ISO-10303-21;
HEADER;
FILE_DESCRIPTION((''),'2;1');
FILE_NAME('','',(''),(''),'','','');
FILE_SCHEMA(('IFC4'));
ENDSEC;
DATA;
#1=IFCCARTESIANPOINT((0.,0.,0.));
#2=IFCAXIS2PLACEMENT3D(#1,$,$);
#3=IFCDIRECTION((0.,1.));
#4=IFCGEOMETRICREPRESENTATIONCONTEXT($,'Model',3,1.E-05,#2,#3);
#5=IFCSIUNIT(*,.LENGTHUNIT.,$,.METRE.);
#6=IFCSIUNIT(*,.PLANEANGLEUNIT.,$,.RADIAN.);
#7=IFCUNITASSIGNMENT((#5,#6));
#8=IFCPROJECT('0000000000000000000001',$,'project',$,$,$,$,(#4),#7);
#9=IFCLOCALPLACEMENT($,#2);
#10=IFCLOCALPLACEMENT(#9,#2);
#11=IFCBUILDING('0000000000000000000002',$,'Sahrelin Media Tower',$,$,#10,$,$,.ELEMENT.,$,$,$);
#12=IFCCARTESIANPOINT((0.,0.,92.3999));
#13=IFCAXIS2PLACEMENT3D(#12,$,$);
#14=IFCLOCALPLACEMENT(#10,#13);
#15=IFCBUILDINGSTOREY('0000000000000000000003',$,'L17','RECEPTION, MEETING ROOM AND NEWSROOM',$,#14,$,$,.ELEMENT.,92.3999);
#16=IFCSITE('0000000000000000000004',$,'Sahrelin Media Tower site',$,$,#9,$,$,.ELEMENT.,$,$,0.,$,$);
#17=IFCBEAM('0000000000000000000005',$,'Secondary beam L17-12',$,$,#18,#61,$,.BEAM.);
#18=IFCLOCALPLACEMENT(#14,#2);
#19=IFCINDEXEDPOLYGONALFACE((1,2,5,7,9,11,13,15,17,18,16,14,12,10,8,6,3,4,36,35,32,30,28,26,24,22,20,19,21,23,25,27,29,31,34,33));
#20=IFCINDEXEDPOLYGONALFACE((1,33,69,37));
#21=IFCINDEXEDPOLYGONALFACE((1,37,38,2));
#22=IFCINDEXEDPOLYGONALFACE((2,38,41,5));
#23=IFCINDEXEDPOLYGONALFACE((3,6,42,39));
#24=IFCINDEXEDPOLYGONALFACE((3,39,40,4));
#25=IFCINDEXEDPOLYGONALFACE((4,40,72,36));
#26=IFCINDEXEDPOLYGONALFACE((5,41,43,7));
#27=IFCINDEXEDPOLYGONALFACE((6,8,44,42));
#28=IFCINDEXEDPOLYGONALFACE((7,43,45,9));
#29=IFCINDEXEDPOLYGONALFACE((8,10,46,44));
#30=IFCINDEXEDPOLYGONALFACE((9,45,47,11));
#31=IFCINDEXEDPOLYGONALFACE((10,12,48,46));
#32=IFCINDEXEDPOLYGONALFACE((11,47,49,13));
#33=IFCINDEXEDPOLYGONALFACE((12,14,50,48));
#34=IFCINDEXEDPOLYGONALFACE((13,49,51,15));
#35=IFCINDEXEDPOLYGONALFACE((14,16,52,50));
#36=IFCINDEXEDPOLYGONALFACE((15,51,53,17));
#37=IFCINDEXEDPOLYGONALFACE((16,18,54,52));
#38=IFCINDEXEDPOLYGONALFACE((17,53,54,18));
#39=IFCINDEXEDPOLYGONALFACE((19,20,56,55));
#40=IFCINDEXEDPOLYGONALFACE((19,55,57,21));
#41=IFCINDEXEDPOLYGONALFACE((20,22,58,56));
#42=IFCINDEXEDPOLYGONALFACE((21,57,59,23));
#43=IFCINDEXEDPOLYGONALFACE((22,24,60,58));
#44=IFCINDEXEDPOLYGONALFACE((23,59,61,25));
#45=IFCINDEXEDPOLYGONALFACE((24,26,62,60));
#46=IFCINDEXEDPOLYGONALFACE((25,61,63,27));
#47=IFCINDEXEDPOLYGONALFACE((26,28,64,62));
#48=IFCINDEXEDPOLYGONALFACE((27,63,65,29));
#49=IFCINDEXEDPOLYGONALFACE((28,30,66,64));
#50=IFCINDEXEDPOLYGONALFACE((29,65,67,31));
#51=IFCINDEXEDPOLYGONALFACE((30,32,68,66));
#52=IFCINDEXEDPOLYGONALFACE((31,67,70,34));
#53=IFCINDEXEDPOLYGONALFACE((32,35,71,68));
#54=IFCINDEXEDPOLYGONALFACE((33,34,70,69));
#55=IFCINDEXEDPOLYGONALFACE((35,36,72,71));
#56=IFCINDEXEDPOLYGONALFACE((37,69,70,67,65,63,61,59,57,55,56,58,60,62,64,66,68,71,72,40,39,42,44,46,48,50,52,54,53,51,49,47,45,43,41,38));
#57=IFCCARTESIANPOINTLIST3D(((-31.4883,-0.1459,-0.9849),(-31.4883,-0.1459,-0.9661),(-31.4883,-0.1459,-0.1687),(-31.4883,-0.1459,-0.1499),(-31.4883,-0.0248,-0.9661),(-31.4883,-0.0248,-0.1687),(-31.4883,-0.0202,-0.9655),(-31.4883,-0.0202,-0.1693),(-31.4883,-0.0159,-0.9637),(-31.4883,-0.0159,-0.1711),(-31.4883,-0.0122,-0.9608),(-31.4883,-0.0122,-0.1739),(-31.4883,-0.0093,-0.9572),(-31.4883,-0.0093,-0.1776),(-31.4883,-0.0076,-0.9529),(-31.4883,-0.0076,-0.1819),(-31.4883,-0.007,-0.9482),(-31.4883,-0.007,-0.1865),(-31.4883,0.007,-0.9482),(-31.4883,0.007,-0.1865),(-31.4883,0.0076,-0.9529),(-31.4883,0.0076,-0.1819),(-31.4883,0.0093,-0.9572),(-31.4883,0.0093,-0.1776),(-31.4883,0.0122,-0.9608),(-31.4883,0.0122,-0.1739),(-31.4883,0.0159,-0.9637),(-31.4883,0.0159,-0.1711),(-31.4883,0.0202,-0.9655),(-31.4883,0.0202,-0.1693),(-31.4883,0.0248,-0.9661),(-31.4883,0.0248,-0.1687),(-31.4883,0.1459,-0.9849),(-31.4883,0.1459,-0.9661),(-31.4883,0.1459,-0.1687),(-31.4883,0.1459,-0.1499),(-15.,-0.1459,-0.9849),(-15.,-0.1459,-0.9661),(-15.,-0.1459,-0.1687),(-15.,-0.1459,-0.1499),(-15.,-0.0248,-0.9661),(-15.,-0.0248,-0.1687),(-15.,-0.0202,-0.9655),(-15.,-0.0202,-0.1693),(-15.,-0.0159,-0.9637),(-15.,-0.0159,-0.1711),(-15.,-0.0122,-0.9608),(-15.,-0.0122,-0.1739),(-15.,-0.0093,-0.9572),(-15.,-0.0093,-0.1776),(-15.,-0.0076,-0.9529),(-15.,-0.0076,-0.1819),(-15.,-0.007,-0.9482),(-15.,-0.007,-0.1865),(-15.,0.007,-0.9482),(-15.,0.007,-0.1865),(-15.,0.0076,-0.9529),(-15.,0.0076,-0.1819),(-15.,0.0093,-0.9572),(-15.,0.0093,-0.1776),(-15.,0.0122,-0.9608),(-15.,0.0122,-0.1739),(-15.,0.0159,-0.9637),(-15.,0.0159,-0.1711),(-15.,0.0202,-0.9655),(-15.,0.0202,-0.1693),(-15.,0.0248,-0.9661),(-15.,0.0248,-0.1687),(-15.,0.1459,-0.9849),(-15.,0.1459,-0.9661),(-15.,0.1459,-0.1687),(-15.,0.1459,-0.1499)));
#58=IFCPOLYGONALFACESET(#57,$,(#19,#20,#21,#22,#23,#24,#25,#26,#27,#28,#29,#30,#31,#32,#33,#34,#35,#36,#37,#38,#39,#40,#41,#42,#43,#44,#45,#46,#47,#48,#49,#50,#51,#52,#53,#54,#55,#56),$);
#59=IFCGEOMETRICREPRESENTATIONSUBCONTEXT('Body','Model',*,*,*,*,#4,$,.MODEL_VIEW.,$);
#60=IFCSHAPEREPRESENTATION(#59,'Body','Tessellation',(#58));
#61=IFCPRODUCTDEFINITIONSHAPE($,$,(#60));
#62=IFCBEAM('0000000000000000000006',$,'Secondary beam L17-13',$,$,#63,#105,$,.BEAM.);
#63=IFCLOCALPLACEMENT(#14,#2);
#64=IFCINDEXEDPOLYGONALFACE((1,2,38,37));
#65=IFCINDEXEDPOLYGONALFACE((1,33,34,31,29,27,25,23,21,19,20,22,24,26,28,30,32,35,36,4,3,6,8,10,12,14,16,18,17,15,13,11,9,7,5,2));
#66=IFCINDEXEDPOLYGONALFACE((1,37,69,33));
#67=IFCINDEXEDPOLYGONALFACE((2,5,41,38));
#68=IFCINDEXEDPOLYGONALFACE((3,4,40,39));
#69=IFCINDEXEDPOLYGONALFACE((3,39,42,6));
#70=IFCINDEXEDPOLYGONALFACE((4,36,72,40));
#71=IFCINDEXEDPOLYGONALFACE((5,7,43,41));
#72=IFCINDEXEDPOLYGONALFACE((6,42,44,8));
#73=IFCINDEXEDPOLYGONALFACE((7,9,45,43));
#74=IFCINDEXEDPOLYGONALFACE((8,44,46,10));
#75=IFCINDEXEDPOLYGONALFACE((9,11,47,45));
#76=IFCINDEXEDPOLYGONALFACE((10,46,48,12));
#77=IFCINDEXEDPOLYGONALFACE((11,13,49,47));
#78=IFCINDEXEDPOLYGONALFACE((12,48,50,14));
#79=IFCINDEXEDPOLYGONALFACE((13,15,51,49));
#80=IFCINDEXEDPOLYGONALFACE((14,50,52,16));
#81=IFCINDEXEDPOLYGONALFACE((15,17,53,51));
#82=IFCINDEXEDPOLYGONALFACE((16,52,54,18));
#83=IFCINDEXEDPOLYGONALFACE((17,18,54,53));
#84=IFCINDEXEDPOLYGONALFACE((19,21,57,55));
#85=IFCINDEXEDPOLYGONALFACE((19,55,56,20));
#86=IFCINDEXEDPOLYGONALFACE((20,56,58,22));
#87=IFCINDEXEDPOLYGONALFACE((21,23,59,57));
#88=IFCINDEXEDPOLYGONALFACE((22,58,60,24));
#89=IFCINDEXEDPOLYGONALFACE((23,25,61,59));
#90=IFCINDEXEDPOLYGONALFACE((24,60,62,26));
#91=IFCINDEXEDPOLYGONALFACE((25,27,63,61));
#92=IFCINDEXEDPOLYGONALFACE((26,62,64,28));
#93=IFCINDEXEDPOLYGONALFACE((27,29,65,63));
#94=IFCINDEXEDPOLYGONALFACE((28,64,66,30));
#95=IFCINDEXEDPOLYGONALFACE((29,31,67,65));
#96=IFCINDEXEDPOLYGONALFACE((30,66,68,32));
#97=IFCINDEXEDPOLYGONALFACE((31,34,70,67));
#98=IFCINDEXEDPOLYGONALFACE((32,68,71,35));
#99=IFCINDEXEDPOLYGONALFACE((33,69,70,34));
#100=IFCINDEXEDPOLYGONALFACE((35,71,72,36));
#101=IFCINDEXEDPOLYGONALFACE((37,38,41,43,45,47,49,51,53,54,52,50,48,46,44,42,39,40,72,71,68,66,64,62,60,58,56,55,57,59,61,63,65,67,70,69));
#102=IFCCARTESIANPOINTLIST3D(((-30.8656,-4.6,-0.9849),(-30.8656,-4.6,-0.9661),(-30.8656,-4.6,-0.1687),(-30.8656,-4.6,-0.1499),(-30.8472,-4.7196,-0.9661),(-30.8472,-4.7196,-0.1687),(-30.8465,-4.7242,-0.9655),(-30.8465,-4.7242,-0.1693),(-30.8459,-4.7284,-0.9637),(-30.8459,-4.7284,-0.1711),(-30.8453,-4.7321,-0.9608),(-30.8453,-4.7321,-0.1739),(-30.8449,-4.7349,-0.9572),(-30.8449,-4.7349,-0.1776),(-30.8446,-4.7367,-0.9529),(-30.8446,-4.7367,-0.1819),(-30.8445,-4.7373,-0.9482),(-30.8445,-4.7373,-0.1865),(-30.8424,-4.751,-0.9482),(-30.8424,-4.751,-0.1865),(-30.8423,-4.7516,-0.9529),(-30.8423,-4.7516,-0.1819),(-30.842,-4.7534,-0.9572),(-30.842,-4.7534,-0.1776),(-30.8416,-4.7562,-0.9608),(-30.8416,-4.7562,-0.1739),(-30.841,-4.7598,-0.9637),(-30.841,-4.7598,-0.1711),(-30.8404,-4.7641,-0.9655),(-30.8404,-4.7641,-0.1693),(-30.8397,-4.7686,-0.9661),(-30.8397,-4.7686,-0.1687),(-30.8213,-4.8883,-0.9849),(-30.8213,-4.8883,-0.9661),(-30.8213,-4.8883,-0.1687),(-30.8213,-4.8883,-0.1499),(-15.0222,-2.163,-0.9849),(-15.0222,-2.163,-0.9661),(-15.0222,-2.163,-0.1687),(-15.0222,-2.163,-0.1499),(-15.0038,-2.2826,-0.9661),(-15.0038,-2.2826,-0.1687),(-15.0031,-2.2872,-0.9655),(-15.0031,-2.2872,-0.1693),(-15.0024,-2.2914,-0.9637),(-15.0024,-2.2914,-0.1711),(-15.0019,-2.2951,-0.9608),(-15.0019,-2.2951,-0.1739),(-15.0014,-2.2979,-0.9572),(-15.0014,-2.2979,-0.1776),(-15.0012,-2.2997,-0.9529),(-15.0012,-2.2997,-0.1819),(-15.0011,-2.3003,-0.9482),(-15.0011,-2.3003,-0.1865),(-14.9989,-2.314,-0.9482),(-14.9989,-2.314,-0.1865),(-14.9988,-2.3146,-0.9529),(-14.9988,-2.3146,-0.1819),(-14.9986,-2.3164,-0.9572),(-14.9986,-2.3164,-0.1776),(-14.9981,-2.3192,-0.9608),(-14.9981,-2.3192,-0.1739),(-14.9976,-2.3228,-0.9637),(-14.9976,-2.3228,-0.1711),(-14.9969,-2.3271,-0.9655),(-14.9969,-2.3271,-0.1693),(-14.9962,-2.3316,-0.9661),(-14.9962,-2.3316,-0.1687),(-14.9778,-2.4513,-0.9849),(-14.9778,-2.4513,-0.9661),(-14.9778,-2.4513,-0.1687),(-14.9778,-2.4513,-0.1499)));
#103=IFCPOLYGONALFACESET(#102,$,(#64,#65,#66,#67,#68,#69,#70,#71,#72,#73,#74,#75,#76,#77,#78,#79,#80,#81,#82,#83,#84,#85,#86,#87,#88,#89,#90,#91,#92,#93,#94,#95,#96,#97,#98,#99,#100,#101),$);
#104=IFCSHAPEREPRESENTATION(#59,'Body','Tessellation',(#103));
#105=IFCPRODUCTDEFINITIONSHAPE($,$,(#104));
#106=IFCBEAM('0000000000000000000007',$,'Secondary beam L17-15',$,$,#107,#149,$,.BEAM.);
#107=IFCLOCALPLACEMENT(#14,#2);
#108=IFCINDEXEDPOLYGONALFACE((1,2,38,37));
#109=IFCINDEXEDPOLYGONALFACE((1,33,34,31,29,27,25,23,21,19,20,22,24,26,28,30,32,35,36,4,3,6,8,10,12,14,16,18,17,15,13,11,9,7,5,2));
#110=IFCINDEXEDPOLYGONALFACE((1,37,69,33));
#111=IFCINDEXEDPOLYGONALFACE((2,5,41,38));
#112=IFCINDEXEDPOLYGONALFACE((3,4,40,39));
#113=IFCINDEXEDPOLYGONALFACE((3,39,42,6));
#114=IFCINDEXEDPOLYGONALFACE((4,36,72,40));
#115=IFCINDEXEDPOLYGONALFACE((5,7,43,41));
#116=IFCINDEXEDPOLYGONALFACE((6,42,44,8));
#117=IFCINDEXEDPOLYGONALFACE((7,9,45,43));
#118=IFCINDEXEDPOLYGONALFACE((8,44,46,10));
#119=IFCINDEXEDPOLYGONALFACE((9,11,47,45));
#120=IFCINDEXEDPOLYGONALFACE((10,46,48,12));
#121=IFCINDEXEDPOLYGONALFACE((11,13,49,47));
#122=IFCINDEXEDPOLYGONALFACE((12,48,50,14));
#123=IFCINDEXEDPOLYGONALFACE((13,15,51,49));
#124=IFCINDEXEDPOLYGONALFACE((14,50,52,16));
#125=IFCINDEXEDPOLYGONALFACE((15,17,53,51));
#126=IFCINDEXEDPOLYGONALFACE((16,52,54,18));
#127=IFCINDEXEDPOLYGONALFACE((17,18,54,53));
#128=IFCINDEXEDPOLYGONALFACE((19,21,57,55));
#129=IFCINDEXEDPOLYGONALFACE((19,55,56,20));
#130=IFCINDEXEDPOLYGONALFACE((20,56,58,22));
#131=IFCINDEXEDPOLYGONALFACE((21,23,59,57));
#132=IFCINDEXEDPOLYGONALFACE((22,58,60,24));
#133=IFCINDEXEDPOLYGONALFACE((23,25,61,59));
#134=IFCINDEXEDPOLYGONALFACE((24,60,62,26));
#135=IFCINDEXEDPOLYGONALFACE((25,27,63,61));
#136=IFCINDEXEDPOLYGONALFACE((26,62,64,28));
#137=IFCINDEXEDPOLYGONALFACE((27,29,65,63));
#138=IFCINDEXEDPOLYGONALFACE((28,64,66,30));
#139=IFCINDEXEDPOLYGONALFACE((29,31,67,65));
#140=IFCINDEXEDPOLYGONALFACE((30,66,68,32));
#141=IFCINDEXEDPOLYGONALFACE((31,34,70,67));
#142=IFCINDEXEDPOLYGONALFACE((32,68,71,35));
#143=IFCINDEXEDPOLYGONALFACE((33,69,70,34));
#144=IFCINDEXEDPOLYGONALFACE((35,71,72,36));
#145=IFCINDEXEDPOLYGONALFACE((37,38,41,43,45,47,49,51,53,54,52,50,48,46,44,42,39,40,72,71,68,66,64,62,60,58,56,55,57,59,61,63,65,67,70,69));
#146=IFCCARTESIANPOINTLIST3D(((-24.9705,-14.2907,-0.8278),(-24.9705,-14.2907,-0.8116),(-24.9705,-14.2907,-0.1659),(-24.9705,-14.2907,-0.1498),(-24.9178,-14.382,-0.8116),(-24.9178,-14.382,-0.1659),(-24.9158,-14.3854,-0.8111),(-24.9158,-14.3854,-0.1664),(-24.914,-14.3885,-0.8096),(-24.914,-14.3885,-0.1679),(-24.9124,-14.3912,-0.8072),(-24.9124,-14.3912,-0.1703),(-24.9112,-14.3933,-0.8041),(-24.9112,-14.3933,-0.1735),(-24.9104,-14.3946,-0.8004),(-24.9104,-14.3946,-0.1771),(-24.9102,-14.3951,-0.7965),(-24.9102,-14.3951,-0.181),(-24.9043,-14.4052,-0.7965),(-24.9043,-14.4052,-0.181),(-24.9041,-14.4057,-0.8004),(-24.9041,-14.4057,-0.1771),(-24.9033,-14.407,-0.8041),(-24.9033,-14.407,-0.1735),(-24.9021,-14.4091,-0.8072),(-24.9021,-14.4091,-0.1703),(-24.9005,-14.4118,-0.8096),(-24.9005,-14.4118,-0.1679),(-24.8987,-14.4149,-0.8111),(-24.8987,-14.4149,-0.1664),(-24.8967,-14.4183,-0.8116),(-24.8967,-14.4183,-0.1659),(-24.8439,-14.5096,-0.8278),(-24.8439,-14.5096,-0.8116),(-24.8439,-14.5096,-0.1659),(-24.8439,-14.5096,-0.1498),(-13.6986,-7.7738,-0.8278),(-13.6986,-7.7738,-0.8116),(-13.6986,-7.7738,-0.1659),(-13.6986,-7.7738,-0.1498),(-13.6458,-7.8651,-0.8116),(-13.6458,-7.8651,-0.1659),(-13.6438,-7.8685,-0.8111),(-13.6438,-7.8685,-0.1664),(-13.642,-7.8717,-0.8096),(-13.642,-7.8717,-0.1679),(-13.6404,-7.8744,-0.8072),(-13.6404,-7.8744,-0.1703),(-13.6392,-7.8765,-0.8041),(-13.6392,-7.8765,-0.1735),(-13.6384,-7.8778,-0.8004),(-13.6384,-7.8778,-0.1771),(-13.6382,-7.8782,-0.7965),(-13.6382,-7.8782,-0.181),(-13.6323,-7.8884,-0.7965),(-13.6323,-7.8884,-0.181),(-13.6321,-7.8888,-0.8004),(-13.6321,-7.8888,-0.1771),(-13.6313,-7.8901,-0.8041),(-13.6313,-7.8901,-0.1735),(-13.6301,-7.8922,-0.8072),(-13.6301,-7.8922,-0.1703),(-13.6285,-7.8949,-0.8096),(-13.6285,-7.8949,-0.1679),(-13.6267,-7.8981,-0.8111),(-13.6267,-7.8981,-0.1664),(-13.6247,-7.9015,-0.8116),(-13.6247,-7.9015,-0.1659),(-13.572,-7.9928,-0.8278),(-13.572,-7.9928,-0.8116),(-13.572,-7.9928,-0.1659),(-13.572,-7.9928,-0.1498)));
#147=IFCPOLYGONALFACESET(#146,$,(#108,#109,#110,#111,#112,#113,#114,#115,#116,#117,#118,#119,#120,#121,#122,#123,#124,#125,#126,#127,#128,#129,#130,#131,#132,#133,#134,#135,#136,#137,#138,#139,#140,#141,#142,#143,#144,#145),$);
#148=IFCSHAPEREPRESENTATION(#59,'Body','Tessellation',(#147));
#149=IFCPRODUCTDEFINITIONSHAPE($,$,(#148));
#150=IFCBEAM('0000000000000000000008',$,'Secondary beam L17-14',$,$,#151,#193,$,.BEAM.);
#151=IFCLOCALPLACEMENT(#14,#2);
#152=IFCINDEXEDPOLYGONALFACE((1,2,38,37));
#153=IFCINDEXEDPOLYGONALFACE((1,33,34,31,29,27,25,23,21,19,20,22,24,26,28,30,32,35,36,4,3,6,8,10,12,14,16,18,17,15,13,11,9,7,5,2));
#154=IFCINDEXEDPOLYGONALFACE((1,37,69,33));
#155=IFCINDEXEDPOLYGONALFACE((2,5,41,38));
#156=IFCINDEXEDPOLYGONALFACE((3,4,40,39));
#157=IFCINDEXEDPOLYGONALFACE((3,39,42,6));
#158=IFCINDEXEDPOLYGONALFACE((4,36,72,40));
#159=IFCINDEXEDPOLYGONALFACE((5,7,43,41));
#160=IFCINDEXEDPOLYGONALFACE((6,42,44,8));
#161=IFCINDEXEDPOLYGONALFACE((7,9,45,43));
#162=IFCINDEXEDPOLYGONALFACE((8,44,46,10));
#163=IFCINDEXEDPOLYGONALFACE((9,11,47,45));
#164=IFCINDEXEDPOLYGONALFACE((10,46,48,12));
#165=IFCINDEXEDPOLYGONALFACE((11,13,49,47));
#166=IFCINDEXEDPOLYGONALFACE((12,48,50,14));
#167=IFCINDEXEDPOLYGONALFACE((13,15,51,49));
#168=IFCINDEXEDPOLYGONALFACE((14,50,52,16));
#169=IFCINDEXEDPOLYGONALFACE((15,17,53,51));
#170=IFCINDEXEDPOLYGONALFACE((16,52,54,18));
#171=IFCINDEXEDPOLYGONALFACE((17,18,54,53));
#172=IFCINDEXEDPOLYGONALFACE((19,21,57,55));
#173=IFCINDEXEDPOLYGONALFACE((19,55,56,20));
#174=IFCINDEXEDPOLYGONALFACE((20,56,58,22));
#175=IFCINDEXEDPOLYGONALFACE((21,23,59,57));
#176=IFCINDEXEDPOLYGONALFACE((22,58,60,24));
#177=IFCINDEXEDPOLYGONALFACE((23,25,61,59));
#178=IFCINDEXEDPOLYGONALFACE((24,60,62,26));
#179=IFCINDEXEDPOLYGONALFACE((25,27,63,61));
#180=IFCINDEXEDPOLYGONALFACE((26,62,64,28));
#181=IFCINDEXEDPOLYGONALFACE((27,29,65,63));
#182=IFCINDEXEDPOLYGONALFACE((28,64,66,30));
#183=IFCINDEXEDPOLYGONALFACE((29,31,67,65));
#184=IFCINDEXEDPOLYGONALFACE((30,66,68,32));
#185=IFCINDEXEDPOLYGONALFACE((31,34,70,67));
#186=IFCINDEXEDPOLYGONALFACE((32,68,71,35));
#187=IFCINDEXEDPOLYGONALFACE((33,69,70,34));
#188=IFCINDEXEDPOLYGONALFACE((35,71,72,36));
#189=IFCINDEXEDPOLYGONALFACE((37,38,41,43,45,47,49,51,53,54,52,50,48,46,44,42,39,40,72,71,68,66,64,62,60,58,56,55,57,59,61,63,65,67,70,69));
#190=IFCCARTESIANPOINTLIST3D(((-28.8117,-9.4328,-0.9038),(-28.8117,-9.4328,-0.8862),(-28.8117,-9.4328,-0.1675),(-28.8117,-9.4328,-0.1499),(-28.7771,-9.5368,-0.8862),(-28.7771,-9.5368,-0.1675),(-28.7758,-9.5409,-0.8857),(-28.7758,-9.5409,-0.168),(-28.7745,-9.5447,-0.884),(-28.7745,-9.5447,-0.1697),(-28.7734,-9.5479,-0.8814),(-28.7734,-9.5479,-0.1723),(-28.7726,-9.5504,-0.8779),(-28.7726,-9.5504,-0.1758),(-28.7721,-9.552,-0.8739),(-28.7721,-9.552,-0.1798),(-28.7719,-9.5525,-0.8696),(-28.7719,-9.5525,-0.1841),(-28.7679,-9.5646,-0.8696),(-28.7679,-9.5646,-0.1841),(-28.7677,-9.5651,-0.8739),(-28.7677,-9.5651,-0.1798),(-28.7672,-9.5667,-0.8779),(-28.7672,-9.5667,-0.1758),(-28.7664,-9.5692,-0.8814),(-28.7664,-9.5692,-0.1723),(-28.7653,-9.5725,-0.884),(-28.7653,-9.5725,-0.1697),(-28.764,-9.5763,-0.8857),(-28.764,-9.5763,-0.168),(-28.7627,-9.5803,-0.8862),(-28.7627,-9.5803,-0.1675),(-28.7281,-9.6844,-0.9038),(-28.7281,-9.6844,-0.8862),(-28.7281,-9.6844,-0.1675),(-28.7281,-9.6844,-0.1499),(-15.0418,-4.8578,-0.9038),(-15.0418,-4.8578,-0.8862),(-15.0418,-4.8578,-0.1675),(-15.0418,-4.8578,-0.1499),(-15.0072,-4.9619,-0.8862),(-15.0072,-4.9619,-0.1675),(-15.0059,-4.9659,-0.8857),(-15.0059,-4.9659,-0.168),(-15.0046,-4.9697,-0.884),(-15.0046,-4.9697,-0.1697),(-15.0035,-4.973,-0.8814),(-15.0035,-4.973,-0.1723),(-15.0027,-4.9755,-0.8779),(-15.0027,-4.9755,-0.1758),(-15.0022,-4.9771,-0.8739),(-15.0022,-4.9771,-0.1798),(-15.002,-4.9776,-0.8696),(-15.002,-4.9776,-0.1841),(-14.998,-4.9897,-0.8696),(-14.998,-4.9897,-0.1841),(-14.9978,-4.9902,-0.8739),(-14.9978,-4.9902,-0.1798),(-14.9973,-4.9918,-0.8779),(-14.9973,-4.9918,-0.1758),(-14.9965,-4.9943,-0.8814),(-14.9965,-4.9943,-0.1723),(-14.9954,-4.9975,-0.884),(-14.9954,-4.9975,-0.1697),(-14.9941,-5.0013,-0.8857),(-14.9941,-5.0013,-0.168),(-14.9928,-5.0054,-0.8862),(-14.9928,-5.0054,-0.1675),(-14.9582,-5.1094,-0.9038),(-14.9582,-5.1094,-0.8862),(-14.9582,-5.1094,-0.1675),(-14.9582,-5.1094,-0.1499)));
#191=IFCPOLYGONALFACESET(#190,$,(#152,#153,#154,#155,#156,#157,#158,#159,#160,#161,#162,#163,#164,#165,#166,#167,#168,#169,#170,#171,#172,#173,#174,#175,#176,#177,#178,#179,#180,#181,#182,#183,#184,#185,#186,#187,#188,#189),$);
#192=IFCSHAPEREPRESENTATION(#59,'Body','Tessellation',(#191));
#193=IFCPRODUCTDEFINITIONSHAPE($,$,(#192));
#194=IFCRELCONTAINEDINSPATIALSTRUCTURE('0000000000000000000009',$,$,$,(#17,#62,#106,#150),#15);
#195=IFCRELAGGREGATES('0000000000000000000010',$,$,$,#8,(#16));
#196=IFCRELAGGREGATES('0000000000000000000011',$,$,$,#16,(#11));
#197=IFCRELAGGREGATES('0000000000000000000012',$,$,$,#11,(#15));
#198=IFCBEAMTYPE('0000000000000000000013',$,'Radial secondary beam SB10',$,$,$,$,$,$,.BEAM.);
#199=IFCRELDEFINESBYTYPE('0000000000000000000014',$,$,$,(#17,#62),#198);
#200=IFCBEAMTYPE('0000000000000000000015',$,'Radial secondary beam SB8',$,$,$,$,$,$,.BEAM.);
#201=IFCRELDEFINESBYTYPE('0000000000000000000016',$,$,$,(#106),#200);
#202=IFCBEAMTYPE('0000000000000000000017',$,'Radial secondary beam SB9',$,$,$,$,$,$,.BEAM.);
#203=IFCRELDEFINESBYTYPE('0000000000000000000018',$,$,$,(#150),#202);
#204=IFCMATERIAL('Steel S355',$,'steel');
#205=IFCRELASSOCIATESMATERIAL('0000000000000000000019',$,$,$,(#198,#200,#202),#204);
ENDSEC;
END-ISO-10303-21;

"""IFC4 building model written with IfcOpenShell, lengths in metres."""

from ifc_helpers import new_model, si_unit, direction, frame, origin, origin_2d, place, context, subcontext, project, spatial, i_section, extrude, material, material_profile, profile_set, type_object, element, save


model = new_model("IFC4")

# Units and contexts
model_context = context("Model", 3, precision=1e-05, world=origin(), true_north=direction((0.0, 1.0)))
body_context = subcontext(model_context, "Body", "Model", "MODEL_VIEW")
ifc_project = project(units=[si_unit("LENGTHUNIT", "METRE"), si_unit("PLANEANGLEUNIT", "RADIAN")], contexts=[model_context])

# Site, building, storey
site_placement = place(None, origin())
site = spatial("IfcSite", under=ifc_project, at=site_placement, Name="Sahrelin Media Tower site", CompositionType="ELEMENT", RefElevation=0.0)
building_placement = place(site_placement, origin())
building = spatial("IfcBuilding", under=site, at=building_placement, Name="Sahrelin Media Tower", CompositionType="ELEMENT")
storey_placement = place(building_placement, frame((0.0, 0.0, 92.3999)))
storey = spatial("IfcBuildingStorey", under=building, at=storey_placement, Name="L17", Description="RECEPTION, MEETING ROOM AND NEWSROOM", CompositionType="ELEMENT", Elevation=92.3999)

# Beams
ifc_material_1 = material(Name="Steel S355", Category="steel")
ifc_material_profile_1 = material_profile(ifc_material_1, i_section(OverallWidth=0.2917, OverallDepth=0.835, WebThickness=0.0139, FlangeThickness=0.0188, FilletRadius=0.0178, at=origin_2d()), Name="UB 838x292x176")
ifc_profile_set_1 = profile_set([ifc_material_profile_1], Name="Steel S355")
beam_type_1 = type_object("IfcBeamType", Name="Radial secondary beam SB10", PredefinedType="BEAM", material=ifc_profile_set_1)
beam_1_placement = place(storey_placement, frame((-15.0, 0.0, -0.5674), z_axis=(-1.0, 0.0, 0.0), x_axis=(0.0, -1.0, 0.0)))
element("IfcBeam", 1, at=beam_1_placement, inside=storey, type_object=beam_type_1, Name="Secondary beam L17-12", PredefinedType="BEAM", context=body_context, shape_type="SweptSolid", body=[
    extrude(i_section(OverallWidth=0.2917, OverallDepth=0.835, WebThickness=0.0139, FlangeThickness=0.0188, FilletRadius=0.0178, at=origin_2d()), origin(), (0.0, 0.0, 1.0), 16.4883),
])
beam_2_placement = place(storey_placement, frame((-15.0, -2.3071, -0.5674), z_axis=(-0.988376, -0.15203, 0.0), x_axis=(0.15203, -0.988376, 0.0)))
element("IfcBeam", 2, at=beam_2_placement, inside=storey, type_object=beam_type_1, Name="Secondary beam L17-13", PredefinedType="BEAM", context=body_context, shape_type="SweptSolid", body=[
    extrude(i_section(OverallWidth=0.2917, OverallDepth=0.835, WebThickness=0.0139, FlangeThickness=0.0188, FilletRadius=0.0178, at=origin_2d()), origin(), (0.0, 0.0, 1.0), 16.0298),
])
ifc_material_profile_2 = material_profile(ifc_material_1, i_section(OverallWidth=0.2529, OverallDepth=0.678, WebThickness=0.0117, FlangeThickness=0.0161, FilletRadius=0.0151, at=origin_2d()), Name="UB 686x254x125")
ifc_profile_set_2 = profile_set([ifc_material_profile_2], Name="Steel S355")
beam_type_2 = type_object("IfcBeamType", Name="Radial secondary beam SB8", PredefinedType="BEAM", material=ifc_profile_set_2)
beam_3_placement = place(storey_placement, frame((-13.6353, -7.8833, -0.4888), z_axis=(-0.865727, -0.500517, 0.0), x_axis=(0.500517, -0.865727, 0.0)))
element("IfcBeam", 3, at=beam_3_placement, inside=storey, type_object=beam_type_2, Name="Secondary beam L17-15", PredefinedType="BEAM", context=body_context, shape_type="SweptSolid", body=[
    extrude(i_section(OverallWidth=0.2529, OverallDepth=0.678, WebThickness=0.0117, FlangeThickness=0.0161, FilletRadius=0.0151, at=origin_2d()), origin(), (0.0, 0.0, 1.0), 13.0203),
])
ifc_material_profile_3 = material_profile(ifc_material_1, i_section(OverallWidth=0.2651, OverallDepth=0.7539, WebThickness=0.0127, FlangeThickness=0.0176, FilletRadius=0.0166, at=origin_2d()), Name="UB 762x267x147")
ifc_profile_set_3 = profile_set([ifc_material_profile_3], Name="Steel S355")
beam_type_3 = type_object("IfcBeamType", Name="Radial secondary beam SB9", PredefinedType="BEAM", material=ifc_profile_set_3)
beam_4_placement = place(storey_placement, frame((-15.0, -4.9836, -0.5269), z_axis=(-0.948994, -0.315294, 0.0), x_axis=(0.315294, -0.948994, 0.0)))
element("IfcBeam", 4, at=beam_4_placement, inside=storey, type_object=beam_type_3, Name="Secondary beam L17-14", PredefinedType="BEAM", context=body_context, shape_type="SweptSolid", body=[
    extrude(i_section(OverallWidth=0.2651, OverallDepth=0.7539, WebThickness=0.0127, FlangeThickness=0.0176, FilletRadius=0.0166, at=origin_2d()), origin(), (0.0, 0.0, 1.0), 14.51),
])

save(model, "model.ifc")
